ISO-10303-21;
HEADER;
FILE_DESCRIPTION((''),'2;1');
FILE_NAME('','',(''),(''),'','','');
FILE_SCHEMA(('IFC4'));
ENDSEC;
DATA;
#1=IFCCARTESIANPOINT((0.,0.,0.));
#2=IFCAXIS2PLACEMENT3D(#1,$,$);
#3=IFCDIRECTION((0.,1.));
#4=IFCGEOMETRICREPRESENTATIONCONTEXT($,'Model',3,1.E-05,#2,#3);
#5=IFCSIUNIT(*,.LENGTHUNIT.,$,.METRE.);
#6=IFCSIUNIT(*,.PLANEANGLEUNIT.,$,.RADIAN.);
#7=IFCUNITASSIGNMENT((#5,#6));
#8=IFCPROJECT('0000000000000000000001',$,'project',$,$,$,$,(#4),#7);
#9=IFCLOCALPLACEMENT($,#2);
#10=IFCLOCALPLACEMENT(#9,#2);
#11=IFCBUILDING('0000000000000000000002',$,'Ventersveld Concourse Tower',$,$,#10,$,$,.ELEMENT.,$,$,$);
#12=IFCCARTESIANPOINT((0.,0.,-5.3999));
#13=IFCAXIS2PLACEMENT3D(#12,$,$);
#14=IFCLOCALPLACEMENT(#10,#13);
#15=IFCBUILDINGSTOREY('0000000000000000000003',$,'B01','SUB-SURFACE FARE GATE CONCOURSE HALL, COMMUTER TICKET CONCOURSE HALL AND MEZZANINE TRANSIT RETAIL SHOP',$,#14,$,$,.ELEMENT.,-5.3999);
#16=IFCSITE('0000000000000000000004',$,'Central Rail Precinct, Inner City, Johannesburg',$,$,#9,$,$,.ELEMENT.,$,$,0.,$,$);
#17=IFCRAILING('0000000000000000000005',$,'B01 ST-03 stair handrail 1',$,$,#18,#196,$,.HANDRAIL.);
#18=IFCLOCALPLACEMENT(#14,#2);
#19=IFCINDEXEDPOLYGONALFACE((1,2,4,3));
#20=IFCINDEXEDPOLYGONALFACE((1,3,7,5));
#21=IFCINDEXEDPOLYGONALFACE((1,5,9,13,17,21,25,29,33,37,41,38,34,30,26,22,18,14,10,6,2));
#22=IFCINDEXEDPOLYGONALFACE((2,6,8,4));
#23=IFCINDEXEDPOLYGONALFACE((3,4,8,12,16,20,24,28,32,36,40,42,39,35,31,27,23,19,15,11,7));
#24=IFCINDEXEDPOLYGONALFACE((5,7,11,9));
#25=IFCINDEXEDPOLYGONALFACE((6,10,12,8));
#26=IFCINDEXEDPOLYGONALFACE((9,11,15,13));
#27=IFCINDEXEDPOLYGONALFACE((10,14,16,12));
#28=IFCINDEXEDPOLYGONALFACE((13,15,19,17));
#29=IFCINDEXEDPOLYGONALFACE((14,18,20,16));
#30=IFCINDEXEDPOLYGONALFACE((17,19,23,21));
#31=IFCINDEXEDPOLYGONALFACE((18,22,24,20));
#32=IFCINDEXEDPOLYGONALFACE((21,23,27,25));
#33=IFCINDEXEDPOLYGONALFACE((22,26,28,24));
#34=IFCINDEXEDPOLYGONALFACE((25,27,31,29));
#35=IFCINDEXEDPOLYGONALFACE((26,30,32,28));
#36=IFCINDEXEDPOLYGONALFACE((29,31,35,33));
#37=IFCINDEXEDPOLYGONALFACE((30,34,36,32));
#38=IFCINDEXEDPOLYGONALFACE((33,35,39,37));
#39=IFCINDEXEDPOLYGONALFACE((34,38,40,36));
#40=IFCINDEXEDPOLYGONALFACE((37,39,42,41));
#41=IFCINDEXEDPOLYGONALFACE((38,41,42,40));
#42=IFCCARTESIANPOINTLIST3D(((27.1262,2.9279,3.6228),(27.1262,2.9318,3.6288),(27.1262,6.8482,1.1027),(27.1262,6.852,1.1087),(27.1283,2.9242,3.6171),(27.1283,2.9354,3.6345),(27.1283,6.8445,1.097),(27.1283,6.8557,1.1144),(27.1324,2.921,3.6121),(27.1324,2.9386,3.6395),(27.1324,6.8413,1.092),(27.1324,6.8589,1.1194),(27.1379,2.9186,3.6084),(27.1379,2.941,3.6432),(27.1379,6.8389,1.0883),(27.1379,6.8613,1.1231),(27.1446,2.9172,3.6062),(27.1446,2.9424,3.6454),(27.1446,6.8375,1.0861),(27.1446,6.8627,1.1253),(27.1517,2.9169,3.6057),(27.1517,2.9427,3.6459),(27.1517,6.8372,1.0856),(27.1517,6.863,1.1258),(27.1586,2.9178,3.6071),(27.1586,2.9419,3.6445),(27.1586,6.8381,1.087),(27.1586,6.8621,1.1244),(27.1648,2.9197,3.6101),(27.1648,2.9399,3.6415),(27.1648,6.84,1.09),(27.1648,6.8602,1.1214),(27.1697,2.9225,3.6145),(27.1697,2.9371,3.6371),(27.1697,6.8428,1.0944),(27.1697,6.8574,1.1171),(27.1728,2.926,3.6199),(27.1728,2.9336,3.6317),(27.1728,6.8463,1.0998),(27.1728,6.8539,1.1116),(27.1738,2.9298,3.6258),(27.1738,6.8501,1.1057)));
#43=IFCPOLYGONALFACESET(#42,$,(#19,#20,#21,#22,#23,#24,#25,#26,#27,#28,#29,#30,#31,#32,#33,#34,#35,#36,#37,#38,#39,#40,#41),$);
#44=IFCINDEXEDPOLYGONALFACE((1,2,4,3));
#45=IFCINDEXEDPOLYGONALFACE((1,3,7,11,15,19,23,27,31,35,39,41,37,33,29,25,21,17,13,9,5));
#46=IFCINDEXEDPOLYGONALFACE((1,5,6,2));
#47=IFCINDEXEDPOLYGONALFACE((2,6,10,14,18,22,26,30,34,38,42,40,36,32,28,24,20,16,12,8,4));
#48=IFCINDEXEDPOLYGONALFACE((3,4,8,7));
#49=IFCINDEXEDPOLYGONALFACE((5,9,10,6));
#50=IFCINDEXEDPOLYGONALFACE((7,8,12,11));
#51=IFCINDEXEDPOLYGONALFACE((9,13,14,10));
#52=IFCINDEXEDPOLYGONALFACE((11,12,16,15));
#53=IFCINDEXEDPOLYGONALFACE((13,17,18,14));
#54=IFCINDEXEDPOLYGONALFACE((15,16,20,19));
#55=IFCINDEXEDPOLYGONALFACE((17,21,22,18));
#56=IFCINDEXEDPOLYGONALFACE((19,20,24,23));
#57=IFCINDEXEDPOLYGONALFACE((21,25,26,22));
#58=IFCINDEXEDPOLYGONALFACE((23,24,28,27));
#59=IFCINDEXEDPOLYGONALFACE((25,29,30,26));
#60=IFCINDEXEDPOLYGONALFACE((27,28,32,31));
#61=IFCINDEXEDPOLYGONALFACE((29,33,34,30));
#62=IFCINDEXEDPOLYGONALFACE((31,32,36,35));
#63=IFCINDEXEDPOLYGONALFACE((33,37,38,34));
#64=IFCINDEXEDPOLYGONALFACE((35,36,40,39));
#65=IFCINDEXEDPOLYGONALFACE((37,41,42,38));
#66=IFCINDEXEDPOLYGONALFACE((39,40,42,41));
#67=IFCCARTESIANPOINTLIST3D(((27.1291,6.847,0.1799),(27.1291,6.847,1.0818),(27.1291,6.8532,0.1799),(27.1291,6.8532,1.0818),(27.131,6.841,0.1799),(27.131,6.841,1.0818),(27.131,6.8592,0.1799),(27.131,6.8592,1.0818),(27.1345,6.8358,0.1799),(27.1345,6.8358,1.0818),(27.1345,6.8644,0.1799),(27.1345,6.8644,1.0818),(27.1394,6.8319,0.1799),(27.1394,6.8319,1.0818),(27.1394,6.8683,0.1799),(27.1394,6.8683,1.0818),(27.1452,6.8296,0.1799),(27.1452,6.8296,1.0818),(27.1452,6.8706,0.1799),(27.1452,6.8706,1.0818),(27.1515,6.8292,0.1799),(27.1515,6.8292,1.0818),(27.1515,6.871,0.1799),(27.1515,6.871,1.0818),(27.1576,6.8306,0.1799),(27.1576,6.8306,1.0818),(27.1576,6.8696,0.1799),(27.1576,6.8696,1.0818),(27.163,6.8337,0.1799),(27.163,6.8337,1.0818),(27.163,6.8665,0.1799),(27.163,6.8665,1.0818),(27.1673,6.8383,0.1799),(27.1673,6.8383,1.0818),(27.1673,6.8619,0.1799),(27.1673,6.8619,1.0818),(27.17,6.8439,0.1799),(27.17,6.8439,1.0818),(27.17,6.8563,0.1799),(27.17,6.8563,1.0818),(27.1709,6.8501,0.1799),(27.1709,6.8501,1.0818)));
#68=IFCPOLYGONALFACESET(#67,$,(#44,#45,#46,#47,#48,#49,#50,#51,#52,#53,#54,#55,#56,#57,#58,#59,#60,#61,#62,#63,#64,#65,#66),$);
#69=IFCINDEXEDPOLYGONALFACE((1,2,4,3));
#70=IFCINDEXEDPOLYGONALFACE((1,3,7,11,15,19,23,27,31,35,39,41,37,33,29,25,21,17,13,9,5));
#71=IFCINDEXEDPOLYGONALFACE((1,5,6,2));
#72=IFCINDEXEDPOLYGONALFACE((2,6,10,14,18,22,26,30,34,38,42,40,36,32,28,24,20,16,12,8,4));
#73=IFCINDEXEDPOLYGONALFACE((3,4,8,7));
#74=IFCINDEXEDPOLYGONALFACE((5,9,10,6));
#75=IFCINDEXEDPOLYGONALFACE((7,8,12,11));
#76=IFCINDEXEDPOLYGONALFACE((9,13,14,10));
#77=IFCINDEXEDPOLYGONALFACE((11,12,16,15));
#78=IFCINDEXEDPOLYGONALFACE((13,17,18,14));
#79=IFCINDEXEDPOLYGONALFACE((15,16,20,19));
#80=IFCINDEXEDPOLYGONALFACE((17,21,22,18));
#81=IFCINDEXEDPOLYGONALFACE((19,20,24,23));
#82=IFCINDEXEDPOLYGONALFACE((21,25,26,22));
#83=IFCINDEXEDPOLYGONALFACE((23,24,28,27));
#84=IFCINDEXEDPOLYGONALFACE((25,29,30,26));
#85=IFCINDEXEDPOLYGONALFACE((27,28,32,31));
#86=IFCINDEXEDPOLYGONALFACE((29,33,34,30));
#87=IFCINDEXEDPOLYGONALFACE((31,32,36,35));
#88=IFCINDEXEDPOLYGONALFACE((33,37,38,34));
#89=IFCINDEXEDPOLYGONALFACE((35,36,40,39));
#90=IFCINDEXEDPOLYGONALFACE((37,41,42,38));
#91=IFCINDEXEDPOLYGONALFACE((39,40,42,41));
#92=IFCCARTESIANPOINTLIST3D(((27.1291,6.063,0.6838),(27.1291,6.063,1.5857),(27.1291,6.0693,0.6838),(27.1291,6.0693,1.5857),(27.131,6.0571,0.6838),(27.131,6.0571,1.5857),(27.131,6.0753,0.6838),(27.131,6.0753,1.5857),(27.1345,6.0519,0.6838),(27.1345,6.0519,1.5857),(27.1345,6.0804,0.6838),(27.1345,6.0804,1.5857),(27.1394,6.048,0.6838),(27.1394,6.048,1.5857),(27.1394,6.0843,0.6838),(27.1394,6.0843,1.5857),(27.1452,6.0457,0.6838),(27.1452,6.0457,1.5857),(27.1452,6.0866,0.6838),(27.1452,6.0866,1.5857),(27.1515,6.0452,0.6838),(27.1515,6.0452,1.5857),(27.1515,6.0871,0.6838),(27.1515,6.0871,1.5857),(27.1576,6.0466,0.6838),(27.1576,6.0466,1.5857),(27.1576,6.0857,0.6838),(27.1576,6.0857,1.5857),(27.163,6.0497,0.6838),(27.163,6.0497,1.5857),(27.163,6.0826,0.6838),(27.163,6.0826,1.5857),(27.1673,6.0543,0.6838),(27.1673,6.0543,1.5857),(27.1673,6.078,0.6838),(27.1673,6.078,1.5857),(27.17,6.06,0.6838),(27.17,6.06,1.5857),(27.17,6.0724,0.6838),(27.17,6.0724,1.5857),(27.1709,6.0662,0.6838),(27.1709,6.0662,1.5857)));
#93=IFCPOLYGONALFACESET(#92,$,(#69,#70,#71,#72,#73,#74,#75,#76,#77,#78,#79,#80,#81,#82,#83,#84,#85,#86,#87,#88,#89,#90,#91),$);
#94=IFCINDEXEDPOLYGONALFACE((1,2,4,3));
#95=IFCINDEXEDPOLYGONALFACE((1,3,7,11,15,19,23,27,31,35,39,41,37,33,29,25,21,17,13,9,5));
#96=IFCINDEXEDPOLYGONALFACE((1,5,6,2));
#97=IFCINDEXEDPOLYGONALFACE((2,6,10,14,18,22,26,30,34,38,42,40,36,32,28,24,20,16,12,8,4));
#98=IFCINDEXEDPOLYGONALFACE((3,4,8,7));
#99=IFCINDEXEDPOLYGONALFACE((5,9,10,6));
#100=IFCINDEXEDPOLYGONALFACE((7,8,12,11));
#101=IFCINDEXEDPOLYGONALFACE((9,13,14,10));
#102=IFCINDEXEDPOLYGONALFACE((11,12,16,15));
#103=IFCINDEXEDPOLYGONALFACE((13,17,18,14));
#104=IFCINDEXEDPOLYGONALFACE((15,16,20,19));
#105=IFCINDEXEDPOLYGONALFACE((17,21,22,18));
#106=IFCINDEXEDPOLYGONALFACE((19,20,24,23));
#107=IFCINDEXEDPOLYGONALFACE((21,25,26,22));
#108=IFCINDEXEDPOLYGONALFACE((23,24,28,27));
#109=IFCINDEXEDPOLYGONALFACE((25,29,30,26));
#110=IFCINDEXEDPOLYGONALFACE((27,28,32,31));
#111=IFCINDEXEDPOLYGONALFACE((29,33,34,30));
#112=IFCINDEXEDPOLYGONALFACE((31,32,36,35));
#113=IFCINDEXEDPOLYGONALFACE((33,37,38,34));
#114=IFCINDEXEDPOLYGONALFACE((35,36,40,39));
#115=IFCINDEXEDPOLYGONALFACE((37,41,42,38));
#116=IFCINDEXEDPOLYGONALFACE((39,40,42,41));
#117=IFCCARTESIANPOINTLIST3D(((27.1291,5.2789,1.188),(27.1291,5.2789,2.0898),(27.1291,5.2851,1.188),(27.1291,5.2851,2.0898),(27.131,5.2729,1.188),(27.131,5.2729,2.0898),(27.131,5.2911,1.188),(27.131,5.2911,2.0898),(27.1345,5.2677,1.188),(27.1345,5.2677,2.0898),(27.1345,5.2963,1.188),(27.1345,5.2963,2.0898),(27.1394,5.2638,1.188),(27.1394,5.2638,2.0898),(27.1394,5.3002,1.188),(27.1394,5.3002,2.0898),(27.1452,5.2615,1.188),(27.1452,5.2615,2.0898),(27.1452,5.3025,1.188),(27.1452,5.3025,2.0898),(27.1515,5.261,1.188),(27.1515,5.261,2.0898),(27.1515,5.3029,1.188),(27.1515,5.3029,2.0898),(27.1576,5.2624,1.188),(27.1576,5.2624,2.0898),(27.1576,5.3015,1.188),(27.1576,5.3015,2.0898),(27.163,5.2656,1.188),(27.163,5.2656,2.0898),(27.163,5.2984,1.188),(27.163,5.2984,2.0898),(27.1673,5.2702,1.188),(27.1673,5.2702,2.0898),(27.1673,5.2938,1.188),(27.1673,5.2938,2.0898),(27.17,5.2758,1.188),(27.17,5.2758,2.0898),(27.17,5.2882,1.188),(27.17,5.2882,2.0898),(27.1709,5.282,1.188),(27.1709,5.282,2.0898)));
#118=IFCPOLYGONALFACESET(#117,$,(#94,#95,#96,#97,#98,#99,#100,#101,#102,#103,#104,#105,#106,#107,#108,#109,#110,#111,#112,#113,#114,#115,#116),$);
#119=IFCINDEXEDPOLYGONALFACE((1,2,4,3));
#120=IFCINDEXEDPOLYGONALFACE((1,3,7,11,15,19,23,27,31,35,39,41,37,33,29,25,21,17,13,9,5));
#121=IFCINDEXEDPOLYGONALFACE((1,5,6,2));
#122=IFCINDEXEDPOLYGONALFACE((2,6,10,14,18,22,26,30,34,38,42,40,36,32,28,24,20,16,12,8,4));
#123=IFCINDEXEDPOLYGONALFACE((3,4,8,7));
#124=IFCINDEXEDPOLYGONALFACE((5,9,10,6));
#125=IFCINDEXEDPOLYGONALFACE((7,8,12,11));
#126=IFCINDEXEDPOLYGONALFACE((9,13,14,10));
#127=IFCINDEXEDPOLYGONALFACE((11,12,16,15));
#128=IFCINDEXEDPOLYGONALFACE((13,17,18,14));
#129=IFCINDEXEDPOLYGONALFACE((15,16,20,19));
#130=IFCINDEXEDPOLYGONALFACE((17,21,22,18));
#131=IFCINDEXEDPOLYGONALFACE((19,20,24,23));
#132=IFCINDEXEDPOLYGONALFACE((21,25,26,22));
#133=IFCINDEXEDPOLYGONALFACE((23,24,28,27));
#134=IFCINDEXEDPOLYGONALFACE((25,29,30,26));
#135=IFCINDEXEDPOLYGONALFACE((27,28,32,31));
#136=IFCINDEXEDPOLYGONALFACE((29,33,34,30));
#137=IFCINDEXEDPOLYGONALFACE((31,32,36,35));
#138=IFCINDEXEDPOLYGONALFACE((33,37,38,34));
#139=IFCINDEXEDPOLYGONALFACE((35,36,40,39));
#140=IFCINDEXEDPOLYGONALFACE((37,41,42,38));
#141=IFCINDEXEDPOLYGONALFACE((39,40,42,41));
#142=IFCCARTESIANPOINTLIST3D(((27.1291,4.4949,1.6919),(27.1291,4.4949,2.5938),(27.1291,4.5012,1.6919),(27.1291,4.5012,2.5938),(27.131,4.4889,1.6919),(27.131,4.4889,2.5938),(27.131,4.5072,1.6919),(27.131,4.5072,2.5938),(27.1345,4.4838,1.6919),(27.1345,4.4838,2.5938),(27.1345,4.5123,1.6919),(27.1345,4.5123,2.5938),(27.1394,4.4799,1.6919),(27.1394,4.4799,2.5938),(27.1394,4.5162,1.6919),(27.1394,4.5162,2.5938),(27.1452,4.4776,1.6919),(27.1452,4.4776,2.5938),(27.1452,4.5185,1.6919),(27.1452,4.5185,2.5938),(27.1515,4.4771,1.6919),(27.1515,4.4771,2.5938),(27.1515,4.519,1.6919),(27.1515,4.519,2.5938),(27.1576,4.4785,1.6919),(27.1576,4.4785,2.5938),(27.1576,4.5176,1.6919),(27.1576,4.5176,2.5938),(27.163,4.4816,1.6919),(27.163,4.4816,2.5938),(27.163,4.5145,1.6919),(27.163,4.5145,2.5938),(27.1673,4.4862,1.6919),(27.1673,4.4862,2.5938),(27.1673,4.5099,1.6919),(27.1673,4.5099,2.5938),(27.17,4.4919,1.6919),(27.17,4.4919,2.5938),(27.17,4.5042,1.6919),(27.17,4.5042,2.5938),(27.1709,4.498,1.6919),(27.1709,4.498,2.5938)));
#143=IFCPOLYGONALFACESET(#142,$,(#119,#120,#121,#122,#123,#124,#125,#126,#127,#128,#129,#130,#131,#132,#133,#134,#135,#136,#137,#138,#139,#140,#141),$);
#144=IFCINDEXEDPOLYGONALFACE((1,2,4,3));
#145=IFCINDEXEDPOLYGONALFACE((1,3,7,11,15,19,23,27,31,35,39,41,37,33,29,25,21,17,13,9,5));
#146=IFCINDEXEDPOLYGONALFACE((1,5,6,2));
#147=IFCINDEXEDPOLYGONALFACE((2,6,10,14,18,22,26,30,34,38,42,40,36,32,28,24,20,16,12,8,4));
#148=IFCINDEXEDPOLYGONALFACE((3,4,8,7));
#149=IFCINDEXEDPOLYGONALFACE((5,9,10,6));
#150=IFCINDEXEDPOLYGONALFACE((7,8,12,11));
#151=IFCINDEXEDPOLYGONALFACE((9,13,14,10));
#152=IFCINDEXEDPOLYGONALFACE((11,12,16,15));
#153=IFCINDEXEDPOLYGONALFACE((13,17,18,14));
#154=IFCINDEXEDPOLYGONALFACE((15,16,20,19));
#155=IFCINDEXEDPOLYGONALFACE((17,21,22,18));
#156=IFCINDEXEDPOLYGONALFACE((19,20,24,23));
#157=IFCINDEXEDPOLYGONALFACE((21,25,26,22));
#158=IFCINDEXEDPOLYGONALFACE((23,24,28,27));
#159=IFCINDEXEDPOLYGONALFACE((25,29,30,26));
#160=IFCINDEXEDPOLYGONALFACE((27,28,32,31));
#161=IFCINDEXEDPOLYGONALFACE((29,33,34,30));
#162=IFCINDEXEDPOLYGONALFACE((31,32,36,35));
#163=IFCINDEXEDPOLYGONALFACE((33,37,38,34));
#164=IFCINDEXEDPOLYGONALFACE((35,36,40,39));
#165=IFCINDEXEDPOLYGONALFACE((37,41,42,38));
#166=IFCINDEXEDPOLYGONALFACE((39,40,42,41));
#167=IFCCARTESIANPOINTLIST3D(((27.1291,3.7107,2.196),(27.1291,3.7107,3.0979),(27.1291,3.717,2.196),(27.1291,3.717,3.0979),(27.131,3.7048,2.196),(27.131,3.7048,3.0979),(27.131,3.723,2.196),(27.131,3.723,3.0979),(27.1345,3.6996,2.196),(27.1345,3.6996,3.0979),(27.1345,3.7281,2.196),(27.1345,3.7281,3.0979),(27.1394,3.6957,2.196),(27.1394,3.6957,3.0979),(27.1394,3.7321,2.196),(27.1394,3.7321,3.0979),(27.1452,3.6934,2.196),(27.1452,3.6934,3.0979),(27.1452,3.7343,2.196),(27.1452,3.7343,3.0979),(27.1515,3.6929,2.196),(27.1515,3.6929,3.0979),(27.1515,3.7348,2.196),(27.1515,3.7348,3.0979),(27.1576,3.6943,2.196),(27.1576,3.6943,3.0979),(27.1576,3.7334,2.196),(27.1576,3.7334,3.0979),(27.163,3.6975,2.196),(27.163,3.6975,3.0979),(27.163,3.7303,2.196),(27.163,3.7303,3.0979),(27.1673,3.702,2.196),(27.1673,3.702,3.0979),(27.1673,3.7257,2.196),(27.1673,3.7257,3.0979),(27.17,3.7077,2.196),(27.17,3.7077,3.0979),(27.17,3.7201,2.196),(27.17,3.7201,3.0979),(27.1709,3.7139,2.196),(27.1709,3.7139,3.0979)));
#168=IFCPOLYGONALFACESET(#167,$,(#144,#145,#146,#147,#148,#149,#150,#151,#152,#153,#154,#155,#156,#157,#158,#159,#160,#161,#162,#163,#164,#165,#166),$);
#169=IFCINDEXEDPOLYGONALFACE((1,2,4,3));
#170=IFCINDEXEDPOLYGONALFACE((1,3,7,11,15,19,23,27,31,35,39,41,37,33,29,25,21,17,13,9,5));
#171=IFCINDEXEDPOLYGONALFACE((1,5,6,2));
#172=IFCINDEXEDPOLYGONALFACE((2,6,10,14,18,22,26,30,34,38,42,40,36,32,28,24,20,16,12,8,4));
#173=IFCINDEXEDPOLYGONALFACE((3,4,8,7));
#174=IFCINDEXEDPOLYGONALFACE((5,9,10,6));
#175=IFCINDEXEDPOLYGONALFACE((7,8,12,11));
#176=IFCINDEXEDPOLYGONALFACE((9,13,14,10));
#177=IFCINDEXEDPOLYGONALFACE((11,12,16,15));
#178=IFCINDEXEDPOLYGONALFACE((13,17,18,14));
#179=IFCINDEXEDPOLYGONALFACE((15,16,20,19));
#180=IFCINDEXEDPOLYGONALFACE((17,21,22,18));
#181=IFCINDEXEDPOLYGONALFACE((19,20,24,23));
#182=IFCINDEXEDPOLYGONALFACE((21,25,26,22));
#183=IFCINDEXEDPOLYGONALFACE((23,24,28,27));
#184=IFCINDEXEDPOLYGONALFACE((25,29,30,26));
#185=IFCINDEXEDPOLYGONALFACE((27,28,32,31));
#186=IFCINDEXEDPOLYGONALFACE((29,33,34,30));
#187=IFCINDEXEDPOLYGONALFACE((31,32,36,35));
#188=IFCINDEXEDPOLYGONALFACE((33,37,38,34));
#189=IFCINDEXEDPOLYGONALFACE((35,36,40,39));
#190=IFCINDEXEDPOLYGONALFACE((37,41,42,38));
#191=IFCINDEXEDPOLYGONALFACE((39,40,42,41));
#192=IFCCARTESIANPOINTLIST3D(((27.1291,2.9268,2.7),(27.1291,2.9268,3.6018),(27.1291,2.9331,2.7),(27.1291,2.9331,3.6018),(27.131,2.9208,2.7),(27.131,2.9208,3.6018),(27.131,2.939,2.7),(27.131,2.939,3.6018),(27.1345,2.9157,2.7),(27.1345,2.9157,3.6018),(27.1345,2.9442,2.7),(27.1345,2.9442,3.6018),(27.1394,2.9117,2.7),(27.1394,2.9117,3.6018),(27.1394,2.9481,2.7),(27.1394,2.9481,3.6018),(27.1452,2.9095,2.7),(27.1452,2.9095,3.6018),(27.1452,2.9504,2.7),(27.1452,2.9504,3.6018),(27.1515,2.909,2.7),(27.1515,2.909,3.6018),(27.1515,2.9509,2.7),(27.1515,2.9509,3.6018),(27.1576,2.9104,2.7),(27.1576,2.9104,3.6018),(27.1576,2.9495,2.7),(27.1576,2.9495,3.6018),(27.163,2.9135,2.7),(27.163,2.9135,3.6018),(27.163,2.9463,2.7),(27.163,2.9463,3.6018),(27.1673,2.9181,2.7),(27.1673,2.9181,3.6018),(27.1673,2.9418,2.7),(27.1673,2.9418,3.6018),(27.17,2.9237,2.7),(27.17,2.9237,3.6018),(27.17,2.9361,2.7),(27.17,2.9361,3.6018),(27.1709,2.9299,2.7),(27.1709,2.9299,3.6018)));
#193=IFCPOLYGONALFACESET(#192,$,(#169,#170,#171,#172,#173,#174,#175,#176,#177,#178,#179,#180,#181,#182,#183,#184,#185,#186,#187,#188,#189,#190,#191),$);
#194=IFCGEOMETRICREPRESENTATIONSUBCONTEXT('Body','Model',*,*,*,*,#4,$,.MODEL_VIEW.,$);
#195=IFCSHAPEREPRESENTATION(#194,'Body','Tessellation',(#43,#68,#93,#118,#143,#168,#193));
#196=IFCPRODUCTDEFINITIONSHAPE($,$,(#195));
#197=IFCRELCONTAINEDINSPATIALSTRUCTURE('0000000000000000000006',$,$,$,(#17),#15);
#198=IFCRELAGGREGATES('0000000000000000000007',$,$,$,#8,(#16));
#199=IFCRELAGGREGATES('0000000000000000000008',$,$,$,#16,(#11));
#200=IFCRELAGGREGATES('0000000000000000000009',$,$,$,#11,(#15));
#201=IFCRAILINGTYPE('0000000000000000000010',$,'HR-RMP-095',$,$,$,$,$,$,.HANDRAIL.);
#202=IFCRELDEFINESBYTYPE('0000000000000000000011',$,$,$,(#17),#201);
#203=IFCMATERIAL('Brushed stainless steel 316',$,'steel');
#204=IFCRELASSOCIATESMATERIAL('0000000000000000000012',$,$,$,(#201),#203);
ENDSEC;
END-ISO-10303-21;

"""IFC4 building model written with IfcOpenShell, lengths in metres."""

from ifc_helpers import new_model, si_unit, direction, frame, origin, origin_2d, place, context, subcontext, project, spatial, circle, extrude, material, type_object, element, save


model = new_model("IFC4")

# Units and contexts
model_context = context("Model", 3, precision=1e-05, world=origin(), true_north=direction((0.0, 1.0)))
body_context = subcontext(model_context, "Body", "Model", "MODEL_VIEW")
ifc_project = project(units=[si_unit("LENGTHUNIT", "METRE"), si_unit("PLANEANGLEUNIT", "RADIAN")], contexts=[model_context])

# Site, building, storey
site_placement = place(None, origin())
site = spatial("IfcSite", under=ifc_project, at=site_placement, Name="Central Rail Precinct, Inner City, Johannesburg", CompositionType="ELEMENT", RefElevation=0.0)
building_placement = place(site_placement, origin())
building = spatial("IfcBuilding", under=site, at=building_placement, Name="Ventersveld Concourse Tower", CompositionType="ELEMENT")
storey_placement = place(building_placement, frame((0.0, 0.0, -5.3999)))
storey = spatial("IfcBuildingStorey", under=building, at=storey_placement, Name="B01", Description="SUB-SURFACE FARE GATE CONCOURSE HALL, COMMUTER TICKET CONCOURSE HALL AND MEZZANINE TRANSIT RETAIL SHOP", CompositionType="ELEMENT", Elevation=-5.3999)

# Shared definitions
ifc_material_1 = material(Name="Brushed stainless steel 316", Category="steel")

# Railing
railing_type_1 = type_object("IfcRailingType", Name="HR-RMP-095", PredefinedType="HANDRAIL", material=ifc_material_1)
railing_1_placement = place(storey_placement, frame((27.1499, 6.8501, 0.1799)))
element("IfcRailing", 1, at=railing_1_placement, inside=storey, type_object=railing_type_1, Name="B01 ST-03 stair handrail 1", PredefinedType="HANDRAIL", context=body_context, shape_type="SweptSolid", body=[
    extrude(circle(Radius=0.0239, at=origin_2d()), frame((0.0, 0.0, 0.9258), z_axis=(0.0, -0.841187, 0.540744), x_axis=(1.0, 0.0, 0.0)), (0.0, 0.0, 1.0), 4.6604),
    extrude(circle(Radius=0.021, at=origin_2d()), origin(), (0.0, 0.0, 1.0), 0.9019),
    extrude(circle(Radius=0.021, at=origin_2d()), frame((0.0, -0.7839, 0.5039)), (0.0, 0.0, 1.0), 0.9019),
    extrude(circle(Radius=0.021, at=origin_2d()), frame((0.0, -1.5681, 1.0081)), (0.0, 0.0, 1.0), 0.9019),
    extrude(circle(Radius=0.021, at=origin_2d()), frame((0.0, -2.3521, 1.512)), (0.0, 0.0, 1.0), 0.9019),
    extrude(circle(Radius=0.021, at=origin_2d()), frame((0.0, -3.1362, 2.0161)), (0.0, 0.0, 1.0), 0.9019),
    extrude(circle(Radius=0.021, at=origin_2d()), frame((0.0, -3.9202, 2.52)), (0.0, 0.0, 1.0), 0.9019),
])

save(model, "model.ifc")
